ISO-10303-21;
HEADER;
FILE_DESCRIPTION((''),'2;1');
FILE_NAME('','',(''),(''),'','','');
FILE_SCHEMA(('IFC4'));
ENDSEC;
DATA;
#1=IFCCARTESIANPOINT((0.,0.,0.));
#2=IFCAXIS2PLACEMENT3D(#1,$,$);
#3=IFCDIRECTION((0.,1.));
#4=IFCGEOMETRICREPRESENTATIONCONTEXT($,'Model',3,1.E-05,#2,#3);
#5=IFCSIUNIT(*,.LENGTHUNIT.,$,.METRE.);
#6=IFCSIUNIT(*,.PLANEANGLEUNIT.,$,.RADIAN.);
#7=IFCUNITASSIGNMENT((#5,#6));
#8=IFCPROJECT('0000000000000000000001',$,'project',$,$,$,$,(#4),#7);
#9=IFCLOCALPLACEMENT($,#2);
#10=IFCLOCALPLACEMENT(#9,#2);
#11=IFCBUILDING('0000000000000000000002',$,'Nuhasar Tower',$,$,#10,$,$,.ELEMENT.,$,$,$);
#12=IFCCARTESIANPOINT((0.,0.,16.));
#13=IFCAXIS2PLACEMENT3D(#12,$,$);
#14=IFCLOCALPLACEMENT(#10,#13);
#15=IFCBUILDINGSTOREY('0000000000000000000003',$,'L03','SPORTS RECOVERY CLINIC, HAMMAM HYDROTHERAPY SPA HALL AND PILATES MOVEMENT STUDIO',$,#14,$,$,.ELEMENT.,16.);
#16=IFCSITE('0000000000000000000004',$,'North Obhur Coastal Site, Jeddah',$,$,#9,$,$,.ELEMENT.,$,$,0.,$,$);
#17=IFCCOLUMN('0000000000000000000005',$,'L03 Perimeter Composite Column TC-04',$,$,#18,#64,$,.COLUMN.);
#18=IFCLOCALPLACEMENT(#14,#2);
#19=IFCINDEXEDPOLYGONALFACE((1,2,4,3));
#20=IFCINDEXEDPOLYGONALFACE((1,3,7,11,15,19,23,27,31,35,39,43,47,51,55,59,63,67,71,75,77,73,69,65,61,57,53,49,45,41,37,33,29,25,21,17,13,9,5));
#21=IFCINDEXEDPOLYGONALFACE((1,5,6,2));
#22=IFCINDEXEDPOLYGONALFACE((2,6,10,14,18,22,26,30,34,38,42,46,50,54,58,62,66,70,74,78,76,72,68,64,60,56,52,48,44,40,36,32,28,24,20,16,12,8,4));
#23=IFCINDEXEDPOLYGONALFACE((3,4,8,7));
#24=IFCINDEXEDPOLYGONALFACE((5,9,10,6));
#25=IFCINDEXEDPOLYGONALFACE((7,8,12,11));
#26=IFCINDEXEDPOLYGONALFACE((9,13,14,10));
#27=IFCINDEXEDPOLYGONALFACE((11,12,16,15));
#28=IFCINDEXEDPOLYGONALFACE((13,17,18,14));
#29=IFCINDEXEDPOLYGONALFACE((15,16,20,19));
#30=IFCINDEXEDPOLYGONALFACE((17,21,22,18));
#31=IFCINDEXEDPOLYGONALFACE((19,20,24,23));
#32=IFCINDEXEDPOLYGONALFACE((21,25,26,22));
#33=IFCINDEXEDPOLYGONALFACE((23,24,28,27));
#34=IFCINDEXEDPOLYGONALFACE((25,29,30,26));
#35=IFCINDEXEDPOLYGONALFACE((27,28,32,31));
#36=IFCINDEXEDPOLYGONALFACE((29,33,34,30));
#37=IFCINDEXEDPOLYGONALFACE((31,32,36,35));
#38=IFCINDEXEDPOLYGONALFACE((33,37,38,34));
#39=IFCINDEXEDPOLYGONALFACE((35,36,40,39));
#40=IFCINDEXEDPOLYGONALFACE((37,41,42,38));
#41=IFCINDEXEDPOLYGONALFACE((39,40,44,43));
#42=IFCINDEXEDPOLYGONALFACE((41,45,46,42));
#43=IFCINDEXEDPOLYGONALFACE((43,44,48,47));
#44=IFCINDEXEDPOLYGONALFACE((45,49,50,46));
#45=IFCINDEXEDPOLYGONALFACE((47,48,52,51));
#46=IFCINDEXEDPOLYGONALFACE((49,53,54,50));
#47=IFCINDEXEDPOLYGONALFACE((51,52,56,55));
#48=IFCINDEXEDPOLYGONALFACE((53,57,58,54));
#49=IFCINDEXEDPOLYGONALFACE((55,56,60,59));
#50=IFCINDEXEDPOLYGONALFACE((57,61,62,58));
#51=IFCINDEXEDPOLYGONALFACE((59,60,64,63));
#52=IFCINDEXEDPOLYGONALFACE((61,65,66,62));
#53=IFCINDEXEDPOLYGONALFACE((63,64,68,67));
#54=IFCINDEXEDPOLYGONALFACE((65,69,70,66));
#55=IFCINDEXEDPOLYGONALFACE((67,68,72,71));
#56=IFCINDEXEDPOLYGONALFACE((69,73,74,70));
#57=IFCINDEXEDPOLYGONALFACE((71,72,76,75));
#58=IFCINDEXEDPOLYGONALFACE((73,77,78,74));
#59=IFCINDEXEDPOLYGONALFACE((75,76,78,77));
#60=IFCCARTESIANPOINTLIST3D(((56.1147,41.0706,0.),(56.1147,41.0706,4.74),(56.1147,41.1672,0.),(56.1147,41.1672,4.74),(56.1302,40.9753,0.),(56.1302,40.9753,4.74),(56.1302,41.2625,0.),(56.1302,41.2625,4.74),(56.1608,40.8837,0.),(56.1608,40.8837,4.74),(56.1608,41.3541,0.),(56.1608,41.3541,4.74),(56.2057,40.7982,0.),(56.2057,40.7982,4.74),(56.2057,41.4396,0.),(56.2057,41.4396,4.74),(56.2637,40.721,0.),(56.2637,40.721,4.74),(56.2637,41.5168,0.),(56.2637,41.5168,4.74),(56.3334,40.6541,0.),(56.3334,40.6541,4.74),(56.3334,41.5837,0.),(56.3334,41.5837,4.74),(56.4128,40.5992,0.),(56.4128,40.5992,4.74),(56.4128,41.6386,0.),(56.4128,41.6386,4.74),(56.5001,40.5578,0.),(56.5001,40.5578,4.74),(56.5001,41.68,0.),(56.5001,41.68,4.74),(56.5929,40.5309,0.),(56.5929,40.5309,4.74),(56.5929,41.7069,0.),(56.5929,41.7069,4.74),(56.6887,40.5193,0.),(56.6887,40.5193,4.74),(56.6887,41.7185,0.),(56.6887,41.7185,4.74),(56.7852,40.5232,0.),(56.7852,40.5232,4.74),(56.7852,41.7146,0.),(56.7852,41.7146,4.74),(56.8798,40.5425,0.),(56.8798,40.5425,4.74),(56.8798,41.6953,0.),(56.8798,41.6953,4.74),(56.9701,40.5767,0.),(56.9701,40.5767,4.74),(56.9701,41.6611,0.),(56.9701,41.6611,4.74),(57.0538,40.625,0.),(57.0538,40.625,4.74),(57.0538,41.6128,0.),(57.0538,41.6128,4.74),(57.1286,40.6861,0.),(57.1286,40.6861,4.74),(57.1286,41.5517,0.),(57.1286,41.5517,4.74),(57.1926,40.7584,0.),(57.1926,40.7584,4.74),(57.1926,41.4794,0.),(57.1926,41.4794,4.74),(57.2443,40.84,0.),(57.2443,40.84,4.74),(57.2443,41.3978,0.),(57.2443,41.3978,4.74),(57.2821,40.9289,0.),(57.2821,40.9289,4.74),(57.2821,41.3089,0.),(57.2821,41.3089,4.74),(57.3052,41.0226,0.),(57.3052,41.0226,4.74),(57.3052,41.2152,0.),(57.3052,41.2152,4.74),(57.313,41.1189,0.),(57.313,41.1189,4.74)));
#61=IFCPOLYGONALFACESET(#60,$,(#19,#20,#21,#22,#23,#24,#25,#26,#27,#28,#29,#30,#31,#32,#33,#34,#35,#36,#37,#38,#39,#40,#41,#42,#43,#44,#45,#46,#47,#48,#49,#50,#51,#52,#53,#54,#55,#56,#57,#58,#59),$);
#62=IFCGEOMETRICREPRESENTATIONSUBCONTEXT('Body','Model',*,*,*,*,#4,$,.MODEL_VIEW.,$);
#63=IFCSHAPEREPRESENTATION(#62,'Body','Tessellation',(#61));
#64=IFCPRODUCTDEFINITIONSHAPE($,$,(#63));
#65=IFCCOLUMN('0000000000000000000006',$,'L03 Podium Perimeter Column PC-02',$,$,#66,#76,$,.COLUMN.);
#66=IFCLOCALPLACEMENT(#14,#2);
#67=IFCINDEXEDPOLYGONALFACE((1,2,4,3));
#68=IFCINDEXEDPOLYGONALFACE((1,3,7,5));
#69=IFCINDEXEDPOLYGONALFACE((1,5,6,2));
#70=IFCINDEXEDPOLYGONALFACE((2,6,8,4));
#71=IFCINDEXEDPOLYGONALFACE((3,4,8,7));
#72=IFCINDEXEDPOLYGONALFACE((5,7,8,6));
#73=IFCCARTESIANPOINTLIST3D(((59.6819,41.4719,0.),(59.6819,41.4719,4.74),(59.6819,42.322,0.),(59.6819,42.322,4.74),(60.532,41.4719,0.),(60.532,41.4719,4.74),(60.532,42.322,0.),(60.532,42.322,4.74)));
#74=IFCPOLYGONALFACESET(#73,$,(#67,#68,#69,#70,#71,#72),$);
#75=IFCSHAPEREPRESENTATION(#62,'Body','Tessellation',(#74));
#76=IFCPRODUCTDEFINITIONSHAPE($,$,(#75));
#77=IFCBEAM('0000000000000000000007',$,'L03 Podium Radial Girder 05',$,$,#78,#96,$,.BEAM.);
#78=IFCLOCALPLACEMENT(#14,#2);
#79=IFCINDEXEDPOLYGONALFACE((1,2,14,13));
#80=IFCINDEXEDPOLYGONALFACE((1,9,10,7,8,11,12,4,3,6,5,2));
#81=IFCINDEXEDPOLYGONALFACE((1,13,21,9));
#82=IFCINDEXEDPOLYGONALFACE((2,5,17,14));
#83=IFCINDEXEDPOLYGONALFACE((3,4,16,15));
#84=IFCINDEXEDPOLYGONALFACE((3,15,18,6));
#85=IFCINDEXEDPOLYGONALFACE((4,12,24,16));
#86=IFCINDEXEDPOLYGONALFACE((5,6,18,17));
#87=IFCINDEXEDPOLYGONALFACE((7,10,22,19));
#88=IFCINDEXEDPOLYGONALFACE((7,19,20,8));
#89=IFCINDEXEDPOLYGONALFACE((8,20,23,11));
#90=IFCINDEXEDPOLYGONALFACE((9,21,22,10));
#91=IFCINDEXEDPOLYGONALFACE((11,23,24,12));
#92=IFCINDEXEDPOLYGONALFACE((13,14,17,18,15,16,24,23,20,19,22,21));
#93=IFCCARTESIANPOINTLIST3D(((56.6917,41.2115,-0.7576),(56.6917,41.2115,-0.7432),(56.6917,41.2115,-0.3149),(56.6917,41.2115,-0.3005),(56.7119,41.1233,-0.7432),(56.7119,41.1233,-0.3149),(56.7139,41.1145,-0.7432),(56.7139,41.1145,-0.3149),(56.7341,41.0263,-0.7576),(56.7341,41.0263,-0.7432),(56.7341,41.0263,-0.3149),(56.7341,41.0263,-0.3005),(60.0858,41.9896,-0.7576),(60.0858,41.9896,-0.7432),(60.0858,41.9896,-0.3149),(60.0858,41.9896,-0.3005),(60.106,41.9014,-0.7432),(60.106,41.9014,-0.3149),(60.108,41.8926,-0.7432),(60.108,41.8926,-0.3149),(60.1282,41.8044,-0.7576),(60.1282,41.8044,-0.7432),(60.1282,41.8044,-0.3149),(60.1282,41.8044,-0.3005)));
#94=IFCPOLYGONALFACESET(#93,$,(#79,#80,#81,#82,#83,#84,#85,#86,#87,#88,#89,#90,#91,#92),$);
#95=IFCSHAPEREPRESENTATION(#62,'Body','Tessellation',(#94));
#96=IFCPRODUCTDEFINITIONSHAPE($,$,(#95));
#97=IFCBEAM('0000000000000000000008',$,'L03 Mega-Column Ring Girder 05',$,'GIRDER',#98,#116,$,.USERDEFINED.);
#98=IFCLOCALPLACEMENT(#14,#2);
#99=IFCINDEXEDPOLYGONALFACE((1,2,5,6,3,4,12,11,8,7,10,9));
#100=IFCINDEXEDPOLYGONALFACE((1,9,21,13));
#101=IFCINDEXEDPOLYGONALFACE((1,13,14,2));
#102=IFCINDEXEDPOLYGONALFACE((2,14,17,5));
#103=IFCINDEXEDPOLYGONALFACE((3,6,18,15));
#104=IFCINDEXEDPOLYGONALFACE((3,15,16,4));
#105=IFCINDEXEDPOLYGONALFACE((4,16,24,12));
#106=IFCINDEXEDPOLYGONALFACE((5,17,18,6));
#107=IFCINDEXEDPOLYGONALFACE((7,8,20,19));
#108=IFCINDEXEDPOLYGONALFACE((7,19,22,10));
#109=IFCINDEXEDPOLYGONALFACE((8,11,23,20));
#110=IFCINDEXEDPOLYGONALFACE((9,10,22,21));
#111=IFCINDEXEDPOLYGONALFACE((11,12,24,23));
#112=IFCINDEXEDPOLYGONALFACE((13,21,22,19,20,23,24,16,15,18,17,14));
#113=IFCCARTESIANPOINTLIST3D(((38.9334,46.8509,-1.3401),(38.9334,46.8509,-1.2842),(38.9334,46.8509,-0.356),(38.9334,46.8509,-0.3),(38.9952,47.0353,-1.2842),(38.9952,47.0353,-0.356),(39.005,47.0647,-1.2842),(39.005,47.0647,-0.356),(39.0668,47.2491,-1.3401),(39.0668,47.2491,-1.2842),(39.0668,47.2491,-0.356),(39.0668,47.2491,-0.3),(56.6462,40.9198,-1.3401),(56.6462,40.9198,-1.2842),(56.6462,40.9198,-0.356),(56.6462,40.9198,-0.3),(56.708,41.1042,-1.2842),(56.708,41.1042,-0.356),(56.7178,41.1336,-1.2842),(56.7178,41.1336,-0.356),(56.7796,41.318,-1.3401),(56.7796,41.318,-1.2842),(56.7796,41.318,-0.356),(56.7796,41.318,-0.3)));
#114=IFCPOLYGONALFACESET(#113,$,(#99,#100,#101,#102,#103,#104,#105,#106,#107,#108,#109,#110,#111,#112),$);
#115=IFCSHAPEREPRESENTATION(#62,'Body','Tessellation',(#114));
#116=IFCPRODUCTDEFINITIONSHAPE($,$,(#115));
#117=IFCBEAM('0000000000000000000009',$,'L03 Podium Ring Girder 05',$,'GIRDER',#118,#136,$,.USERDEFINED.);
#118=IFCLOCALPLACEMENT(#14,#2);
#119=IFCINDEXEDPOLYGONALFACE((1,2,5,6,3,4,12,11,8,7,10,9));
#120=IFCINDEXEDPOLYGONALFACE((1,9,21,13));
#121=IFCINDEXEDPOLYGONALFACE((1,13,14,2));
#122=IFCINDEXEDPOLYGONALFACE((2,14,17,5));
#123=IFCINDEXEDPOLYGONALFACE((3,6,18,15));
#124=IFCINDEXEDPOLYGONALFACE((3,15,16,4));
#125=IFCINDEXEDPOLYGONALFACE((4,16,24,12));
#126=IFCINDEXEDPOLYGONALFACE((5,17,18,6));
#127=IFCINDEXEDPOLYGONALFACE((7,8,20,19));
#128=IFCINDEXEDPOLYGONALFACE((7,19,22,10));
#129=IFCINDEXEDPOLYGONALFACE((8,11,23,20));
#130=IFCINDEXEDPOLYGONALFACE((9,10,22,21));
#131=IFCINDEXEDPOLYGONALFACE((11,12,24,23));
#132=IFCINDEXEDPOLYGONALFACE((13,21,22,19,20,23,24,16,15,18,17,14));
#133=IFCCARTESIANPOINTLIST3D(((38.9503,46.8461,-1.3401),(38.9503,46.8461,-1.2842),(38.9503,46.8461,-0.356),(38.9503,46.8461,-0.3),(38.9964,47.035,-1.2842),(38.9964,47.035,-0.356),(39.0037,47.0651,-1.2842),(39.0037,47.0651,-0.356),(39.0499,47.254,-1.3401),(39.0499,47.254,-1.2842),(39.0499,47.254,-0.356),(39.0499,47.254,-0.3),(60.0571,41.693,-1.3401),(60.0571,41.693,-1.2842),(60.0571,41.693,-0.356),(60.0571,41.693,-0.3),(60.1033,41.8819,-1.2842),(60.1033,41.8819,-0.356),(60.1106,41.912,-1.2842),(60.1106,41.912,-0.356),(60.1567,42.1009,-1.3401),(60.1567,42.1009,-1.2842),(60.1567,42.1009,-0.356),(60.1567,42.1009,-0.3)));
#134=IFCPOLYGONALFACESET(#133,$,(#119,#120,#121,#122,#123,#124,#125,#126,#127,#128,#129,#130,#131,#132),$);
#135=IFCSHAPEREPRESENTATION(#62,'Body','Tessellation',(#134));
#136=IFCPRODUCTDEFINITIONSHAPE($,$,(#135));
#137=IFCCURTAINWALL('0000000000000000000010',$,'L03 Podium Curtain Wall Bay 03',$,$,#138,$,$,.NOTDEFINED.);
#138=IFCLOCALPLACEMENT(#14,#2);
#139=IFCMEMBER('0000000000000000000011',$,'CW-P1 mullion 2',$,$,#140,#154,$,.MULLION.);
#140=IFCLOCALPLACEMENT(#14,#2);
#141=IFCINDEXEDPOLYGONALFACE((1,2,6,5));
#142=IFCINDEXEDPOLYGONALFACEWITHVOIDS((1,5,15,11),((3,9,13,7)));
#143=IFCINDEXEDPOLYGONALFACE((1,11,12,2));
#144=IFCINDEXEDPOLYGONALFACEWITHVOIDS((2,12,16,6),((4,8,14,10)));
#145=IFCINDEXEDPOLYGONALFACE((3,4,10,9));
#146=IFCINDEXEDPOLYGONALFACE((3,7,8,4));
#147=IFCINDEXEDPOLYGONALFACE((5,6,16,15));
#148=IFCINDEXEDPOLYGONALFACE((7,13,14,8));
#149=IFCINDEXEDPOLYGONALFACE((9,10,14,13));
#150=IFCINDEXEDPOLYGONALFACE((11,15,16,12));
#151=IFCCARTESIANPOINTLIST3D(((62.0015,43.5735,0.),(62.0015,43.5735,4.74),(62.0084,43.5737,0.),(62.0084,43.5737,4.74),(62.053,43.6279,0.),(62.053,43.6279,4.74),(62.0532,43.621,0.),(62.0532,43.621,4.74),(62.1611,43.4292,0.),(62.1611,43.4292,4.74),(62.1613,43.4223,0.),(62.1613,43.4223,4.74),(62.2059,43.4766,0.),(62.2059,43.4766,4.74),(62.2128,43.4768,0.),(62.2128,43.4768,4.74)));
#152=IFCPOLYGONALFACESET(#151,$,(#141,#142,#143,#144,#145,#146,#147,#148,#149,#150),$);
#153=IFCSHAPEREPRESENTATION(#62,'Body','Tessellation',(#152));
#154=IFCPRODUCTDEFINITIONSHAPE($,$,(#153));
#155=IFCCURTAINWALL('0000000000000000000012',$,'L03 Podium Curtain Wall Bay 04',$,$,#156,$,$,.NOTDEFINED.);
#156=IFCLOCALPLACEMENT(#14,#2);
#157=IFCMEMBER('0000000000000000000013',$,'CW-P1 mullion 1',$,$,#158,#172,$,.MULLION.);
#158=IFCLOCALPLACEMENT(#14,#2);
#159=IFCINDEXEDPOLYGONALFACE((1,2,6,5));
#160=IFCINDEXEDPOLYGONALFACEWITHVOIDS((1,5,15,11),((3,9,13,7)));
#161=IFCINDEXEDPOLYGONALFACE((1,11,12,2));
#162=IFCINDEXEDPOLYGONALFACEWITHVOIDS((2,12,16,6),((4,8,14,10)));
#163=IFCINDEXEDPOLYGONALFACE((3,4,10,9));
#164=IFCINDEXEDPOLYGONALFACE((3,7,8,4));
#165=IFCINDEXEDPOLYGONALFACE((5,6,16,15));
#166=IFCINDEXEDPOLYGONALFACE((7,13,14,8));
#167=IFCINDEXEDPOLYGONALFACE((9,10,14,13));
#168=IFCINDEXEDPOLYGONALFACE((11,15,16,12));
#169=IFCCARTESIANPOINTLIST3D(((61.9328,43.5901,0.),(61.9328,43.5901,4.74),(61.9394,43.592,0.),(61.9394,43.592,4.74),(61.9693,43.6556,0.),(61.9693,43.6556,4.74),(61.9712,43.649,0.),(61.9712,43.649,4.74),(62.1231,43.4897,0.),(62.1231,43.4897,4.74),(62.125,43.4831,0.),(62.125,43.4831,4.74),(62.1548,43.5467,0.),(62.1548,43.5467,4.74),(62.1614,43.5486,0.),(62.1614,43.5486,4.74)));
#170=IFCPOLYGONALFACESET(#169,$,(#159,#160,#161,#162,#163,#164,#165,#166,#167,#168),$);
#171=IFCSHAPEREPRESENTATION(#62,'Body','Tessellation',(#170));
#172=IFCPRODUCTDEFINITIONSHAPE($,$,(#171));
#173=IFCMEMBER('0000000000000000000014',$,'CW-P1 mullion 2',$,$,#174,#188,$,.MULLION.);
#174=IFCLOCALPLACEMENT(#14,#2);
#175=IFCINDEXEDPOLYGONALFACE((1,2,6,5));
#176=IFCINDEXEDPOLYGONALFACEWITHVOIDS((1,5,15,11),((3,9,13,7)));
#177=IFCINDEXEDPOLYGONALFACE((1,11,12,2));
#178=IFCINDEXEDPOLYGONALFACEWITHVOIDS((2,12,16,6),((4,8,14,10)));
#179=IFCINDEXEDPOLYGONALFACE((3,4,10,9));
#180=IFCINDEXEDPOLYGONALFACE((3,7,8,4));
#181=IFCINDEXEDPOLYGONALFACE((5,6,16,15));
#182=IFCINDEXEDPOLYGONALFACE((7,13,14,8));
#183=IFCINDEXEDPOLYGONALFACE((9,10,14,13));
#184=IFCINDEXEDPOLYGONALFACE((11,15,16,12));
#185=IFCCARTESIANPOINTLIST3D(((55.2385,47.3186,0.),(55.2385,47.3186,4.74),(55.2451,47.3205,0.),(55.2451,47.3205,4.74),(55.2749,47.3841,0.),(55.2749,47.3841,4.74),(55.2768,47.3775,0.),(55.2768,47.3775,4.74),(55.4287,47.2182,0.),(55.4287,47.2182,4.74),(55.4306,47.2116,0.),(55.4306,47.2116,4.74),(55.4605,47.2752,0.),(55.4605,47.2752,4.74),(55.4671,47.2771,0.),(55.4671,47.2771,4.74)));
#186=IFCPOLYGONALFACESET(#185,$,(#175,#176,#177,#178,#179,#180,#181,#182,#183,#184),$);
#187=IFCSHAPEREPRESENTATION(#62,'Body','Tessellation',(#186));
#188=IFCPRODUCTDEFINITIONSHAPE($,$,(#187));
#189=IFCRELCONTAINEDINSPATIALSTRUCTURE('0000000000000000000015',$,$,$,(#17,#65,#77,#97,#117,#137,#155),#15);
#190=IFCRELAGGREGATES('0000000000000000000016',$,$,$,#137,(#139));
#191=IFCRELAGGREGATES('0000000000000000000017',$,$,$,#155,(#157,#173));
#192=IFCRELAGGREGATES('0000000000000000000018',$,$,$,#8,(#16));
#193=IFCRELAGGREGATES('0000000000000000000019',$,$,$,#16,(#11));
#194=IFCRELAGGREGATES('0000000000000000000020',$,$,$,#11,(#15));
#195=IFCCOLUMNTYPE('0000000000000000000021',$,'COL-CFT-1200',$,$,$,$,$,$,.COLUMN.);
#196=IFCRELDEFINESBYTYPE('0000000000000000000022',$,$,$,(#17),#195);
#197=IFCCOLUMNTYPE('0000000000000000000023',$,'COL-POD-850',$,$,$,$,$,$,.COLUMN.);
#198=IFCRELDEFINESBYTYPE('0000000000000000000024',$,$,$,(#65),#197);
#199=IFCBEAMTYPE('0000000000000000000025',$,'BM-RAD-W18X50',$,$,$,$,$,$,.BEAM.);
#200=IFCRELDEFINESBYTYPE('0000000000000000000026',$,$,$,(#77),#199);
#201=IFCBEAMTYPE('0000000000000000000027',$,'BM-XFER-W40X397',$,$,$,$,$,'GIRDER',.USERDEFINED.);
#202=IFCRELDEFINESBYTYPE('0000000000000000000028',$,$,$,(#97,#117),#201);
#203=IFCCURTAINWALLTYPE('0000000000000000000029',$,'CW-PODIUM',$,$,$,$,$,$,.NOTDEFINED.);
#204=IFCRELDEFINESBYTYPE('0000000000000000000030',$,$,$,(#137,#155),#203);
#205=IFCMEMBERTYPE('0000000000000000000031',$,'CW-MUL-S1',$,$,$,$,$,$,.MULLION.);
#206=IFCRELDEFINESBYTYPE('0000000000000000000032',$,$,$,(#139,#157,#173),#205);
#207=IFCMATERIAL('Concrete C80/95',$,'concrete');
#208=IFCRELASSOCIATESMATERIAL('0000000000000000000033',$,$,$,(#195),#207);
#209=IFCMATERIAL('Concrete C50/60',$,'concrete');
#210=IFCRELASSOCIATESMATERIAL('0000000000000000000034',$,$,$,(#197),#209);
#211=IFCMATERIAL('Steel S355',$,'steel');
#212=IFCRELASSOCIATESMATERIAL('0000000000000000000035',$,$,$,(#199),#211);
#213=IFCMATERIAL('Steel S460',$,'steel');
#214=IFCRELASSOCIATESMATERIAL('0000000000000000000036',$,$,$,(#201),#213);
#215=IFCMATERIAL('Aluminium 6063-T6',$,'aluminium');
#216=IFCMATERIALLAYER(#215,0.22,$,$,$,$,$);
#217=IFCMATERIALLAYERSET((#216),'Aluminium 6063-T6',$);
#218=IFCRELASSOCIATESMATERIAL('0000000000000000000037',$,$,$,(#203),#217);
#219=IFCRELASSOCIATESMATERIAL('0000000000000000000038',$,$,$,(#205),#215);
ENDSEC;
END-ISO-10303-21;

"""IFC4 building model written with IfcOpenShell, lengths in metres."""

from ifc_helpers import new_model, si_unit, direction, frame, origin, origin_2d, place, context, subcontext, project, spatial, rectangle, hollow_rectangle, circle, i_section, extrude, material, layer, layer_set, material_profile, profile_set, type_object, element, aggregate, save


model = new_model("IFC4")

# Units and contexts
model_context = context("Model", 3, precision=1e-05, world=origin(), true_north=direction((0.0, 1.0)))
body_context = subcontext(model_context, "Body", "Model", "MODEL_VIEW")
ifc_project = project(units=[si_unit("LENGTHUNIT", "METRE"), si_unit("PLANEANGLEUNIT", "RADIAN")], contexts=[model_context])

# Site, building, storey
site_placement = place(None, origin())
site = spatial("IfcSite", under=ifc_project, at=site_placement, Name="North Obhur Coastal Site, Jeddah", CompositionType="ELEMENT", RefElevation=0.0)
building_placement = place(site_placement, origin())
building = spatial("IfcBuilding", under=site, at=building_placement, Name="Nuhasar Tower", CompositionType="ELEMENT")
storey_placement = place(building_placement, frame((0.0, 0.0, 16.0)))
storey = spatial("IfcBuildingStorey", under=building, at=storey_placement, Name="L03", Description="SPORTS RECOVERY CLINIC, HAMMAM HYDROTHERAPY SPA HALL AND PILATES MOVEMENT STUDIO", CompositionType="ELEMENT", Elevation=16.0)

# Columns
ifc_material_1 = material(Name="Concrete C80/95", Category="concrete")
ifc_material_profile_1 = material_profile(ifc_material_1, circle(Radius=0.6001, at=origin_2d()), Name="CFT1200")
ifc_profile_set_1 = profile_set([ifc_material_profile_1], Name="Concrete C80/95")
column_type_1 = type_object("IfcColumnType", Name="COL-CFT-1200", PredefinedType="COLUMN", material=ifc_profile_set_1)
column_1_placement = place(storey_placement, frame((56.7129, 41.1189, 0.0), z_axis=(0.0, 0.0, 1.0), x_axis=(1.0, 0.0, 0.0)))
element("IfcColumn", 1, at=column_1_placement, inside=storey, type_object=column_type_1, Name="L03 Perimeter Composite Column TC-04", PredefinedType="COLUMN", context=body_context, shape_type="SweptSolid", body=[
    extrude(circle(Radius=0.6001, at=origin_2d()), origin(), (0.0, 0.0, 1.0), 4.74),
])
ifc_material_2 = material(Name="Concrete C50/60", Category="concrete")
ifc_material_profile_2 = material_profile(ifc_material_2, rectangle(XDim=0.8501, YDim=0.8501, at=origin_2d()), Name="RC850X850")
ifc_profile_set_2 = profile_set([ifc_material_profile_2], Name="Concrete C50/60")
column_type_2 = type_object("IfcColumnType", Name="COL-POD-850", PredefinedType="COLUMN", material=ifc_profile_set_2)
column_2_placement = place(storey_placement, frame((60.1069, 41.897, 0.0), z_axis=(0.0, 0.0, 1.0), x_axis=(1.0, 0.0, 0.0)))
element("IfcColumn", 2, at=column_2_placement, inside=storey, type_object=column_type_2, Name="L03 Podium Perimeter Column PC-02", PredefinedType="COLUMN", context=body_context, shape_type="SweptSolid", body=[
    extrude(rectangle(XDim=0.8501, YDim=0.8501, at=origin_2d()), origin(), (0.0, 0.0, 1.0), 4.74),
])

# Beams
ifc_material_3 = material(Name="Steel S355", Category="steel")
ifc_material_profile_3 = material_profile(ifc_material_3, i_section(OverallWidth=0.1899, OverallDepth=0.457, WebThickness=0.009, FlangeThickness=0.0144, at=origin_2d()), Name="W18X50")
ifc_profile_set_3 = profile_set([ifc_material_profile_3], Name="Steel S355")
beam_type_1 = type_object("IfcBeamType", Name="BM-RAD-W18X50", PredefinedType="BEAM", material=ifc_profile_set_3)
beam_1_placement = place(storey_placement, frame((56.7129, 41.1189, -0.5291), z_axis=(0.974715, 0.223451, 0.0), x_axis=(-0.223451, 0.974715, 0.0)))
element("IfcBeam", 3, at=beam_1_placement, inside=storey, type_object=beam_type_1, Name="L03 Podium Radial Girder 05", PredefinedType="BEAM", context=body_context, shape_type="SweptSolid", body=[
    extrude(i_section(OverallWidth=0.1899, OverallDepth=0.457, WebThickness=0.009, FlangeThickness=0.0144, at=origin_2d()), origin(), (0.0, 0.0, 1.0), 3.4822),
])
ifc_material_4 = material(Name="Steel S460", Category="steel")
ifc_material_profile_4 = material_profile(ifc_material_4, i_section(OverallWidth=0.4199, OverallDepth=1.04, WebThickness=0.031, FlangeThickness=0.0559, at=origin_2d()), Name="W40X397")
ifc_profile_set_4 = profile_set([ifc_material_profile_4], Name="Steel S460")
beam_type_2 = type_object("IfcBeamType", Name="BM-XFER-W40X397", ElementType="GIRDER", PredefinedType="USERDEFINED", material=ifc_profile_set_4)
beam_2_placement = place(storey_placement, frame((56.7129, 41.1189, -0.8201), z_axis=(-0.948251, 0.317521, 0.0), x_axis=(-0.317521, -0.948251, 0.0)))
element("IfcBeam", 4, at=beam_2_placement, inside=storey, type_object=beam_type_2, Name="L03 Mega-Column Ring Girder 05", ObjectType="GIRDER", PredefinedType="USERDEFINED", context=body_context, shape_type="SweptSolid", body=[
    extrude(i_section(OverallWidth=0.4199, OverallDepth=1.04, WebThickness=0.031, FlangeThickness=0.0559, at=origin_2d()), origin(), (0.0, 0.0, 1.0), 18.6794),
])
beam_3_placement = place(storey_placement, frame((60.1069, 41.897, -0.8201), z_axis=(-0.971467, 0.237175, 0.0), x_axis=(-0.237175, -0.971467, 0.0)))
element("IfcBeam", 5, at=beam_3_placement, inside=storey, type_object=beam_type_2, Name="L03 Podium Ring Girder 05", ObjectType="GIRDER", PredefinedType="USERDEFINED", context=body_context, shape_type="SweptSolid", body=[
    extrude(i_section(OverallWidth=0.4199, OverallDepth=1.04, WebThickness=0.031, FlangeThickness=0.0559, at=origin_2d()), origin(), (0.0, 0.0, 1.0), 21.7268),
])

# Curtain wall, member
ifc_material_5 = material(Name="Aluminium 6063-T6", Category="aluminium")
ifc_layer_1 = layer(ifc_material_5, 0.22)
ifc_layer_set_1 = layer_set([ifc_layer_1], Name="Aluminium 6063-T6")
curtain_wall_type = type_object("IfcCurtainWallType", Name="CW-PODIUM", PredefinedType="NOTDEFINED", material=ifc_layer_set_1)
curtain_wall_1_placement = place(storey_placement, origin())
curtain_wall_1 = element("IfcCurtainWall", 6, at=curtain_wall_1_placement, inside=storey, type_object=curtain_wall_type, Name="L03 Podium Curtain Wall Bay 03", PredefinedType="NOTDEFINED")
ifc_material_profile_5 = material_profile(ifc_material_5, hollow_rectangle(XDim=0.075, YDim=0.22, WallThickness=0.0049, at=origin_2d()), Name="CWM-1")
ifc_profile_set_5 = profile_set([ifc_material_profile_5], Name="Aluminium 6063-T6")
member_type_1 = type_object("IfcMemberType", Name="CW-MUL-S1", PredefinedType="MULLION", material=ifc_profile_set_5)
member_1_placement = place(storey_placement, frame((62.1072, 43.5251, 0.0), z_axis=(0.0, 0.0, 1.0), x_axis=(-0.687154, -0.726512, 0.0)))
member_1 = element("IfcMember", 7, at=member_1_placement, type_object=member_type_1, Name="CW-P1 mullion 2", PredefinedType="MULLION", context=body_context, shape_type="SweptSolid", body=[
    extrude(hollow_rectangle(XDim=0.075, YDim=0.22, WallThickness=0.0049, at=origin_2d()), origin(), (0.0, 0.0, 1.0), 4.74),
])

# Curtain wall, members
curtain_wall_2_placement = place(storey_placement, origin())
curtain_wall_2 = element("IfcCurtainWall", 8, at=curtain_wall_2_placement, inside=storey, type_object=curtain_wall_type, Name="L03 Podium Curtain Wall Bay 04", PredefinedType="NOTDEFINED")
member_2_placement = place(storey_placement, frame((62.0471, 43.5693, 0.0), z_axis=(0.0, 0.0, 1.0), x_axis=(-0.486575, -0.873639, 0.0)))
member_2 = element("IfcMember", 9, at=member_2_placement, type_object=member_type_1, Name="CW-P1 mullion 1", PredefinedType="MULLION", context=body_context, shape_type="SweptSolid", body=[
    extrude(hollow_rectangle(XDim=0.075, YDim=0.22, WallThickness=0.0049, at=origin_2d()), origin(), (0.0, 0.0, 1.0), 4.74),
])
member_3_placement = place(storey_placement, frame((55.3528, 47.2979, 0.0), z_axis=(0.0, 0.0, 1.0), x_axis=(-0.486575, -0.873639, 0.0)))
member_3 = element("IfcMember", 10, at=member_3_placement, type_object=member_type_1, Name="CW-P1 mullion 2", PredefinedType="MULLION", context=body_context, shape_type="SweptSolid", body=[
    extrude(hollow_rectangle(XDim=0.075, YDim=0.22, WallThickness=0.0049, at=origin_2d()), origin(), (0.0, 0.0, 1.0), 4.74),
])

aggregate(curtain_wall_1, [member_1])
aggregate(curtain_wall_2, [member_2, member_3])

save(model, "model.ifc")
